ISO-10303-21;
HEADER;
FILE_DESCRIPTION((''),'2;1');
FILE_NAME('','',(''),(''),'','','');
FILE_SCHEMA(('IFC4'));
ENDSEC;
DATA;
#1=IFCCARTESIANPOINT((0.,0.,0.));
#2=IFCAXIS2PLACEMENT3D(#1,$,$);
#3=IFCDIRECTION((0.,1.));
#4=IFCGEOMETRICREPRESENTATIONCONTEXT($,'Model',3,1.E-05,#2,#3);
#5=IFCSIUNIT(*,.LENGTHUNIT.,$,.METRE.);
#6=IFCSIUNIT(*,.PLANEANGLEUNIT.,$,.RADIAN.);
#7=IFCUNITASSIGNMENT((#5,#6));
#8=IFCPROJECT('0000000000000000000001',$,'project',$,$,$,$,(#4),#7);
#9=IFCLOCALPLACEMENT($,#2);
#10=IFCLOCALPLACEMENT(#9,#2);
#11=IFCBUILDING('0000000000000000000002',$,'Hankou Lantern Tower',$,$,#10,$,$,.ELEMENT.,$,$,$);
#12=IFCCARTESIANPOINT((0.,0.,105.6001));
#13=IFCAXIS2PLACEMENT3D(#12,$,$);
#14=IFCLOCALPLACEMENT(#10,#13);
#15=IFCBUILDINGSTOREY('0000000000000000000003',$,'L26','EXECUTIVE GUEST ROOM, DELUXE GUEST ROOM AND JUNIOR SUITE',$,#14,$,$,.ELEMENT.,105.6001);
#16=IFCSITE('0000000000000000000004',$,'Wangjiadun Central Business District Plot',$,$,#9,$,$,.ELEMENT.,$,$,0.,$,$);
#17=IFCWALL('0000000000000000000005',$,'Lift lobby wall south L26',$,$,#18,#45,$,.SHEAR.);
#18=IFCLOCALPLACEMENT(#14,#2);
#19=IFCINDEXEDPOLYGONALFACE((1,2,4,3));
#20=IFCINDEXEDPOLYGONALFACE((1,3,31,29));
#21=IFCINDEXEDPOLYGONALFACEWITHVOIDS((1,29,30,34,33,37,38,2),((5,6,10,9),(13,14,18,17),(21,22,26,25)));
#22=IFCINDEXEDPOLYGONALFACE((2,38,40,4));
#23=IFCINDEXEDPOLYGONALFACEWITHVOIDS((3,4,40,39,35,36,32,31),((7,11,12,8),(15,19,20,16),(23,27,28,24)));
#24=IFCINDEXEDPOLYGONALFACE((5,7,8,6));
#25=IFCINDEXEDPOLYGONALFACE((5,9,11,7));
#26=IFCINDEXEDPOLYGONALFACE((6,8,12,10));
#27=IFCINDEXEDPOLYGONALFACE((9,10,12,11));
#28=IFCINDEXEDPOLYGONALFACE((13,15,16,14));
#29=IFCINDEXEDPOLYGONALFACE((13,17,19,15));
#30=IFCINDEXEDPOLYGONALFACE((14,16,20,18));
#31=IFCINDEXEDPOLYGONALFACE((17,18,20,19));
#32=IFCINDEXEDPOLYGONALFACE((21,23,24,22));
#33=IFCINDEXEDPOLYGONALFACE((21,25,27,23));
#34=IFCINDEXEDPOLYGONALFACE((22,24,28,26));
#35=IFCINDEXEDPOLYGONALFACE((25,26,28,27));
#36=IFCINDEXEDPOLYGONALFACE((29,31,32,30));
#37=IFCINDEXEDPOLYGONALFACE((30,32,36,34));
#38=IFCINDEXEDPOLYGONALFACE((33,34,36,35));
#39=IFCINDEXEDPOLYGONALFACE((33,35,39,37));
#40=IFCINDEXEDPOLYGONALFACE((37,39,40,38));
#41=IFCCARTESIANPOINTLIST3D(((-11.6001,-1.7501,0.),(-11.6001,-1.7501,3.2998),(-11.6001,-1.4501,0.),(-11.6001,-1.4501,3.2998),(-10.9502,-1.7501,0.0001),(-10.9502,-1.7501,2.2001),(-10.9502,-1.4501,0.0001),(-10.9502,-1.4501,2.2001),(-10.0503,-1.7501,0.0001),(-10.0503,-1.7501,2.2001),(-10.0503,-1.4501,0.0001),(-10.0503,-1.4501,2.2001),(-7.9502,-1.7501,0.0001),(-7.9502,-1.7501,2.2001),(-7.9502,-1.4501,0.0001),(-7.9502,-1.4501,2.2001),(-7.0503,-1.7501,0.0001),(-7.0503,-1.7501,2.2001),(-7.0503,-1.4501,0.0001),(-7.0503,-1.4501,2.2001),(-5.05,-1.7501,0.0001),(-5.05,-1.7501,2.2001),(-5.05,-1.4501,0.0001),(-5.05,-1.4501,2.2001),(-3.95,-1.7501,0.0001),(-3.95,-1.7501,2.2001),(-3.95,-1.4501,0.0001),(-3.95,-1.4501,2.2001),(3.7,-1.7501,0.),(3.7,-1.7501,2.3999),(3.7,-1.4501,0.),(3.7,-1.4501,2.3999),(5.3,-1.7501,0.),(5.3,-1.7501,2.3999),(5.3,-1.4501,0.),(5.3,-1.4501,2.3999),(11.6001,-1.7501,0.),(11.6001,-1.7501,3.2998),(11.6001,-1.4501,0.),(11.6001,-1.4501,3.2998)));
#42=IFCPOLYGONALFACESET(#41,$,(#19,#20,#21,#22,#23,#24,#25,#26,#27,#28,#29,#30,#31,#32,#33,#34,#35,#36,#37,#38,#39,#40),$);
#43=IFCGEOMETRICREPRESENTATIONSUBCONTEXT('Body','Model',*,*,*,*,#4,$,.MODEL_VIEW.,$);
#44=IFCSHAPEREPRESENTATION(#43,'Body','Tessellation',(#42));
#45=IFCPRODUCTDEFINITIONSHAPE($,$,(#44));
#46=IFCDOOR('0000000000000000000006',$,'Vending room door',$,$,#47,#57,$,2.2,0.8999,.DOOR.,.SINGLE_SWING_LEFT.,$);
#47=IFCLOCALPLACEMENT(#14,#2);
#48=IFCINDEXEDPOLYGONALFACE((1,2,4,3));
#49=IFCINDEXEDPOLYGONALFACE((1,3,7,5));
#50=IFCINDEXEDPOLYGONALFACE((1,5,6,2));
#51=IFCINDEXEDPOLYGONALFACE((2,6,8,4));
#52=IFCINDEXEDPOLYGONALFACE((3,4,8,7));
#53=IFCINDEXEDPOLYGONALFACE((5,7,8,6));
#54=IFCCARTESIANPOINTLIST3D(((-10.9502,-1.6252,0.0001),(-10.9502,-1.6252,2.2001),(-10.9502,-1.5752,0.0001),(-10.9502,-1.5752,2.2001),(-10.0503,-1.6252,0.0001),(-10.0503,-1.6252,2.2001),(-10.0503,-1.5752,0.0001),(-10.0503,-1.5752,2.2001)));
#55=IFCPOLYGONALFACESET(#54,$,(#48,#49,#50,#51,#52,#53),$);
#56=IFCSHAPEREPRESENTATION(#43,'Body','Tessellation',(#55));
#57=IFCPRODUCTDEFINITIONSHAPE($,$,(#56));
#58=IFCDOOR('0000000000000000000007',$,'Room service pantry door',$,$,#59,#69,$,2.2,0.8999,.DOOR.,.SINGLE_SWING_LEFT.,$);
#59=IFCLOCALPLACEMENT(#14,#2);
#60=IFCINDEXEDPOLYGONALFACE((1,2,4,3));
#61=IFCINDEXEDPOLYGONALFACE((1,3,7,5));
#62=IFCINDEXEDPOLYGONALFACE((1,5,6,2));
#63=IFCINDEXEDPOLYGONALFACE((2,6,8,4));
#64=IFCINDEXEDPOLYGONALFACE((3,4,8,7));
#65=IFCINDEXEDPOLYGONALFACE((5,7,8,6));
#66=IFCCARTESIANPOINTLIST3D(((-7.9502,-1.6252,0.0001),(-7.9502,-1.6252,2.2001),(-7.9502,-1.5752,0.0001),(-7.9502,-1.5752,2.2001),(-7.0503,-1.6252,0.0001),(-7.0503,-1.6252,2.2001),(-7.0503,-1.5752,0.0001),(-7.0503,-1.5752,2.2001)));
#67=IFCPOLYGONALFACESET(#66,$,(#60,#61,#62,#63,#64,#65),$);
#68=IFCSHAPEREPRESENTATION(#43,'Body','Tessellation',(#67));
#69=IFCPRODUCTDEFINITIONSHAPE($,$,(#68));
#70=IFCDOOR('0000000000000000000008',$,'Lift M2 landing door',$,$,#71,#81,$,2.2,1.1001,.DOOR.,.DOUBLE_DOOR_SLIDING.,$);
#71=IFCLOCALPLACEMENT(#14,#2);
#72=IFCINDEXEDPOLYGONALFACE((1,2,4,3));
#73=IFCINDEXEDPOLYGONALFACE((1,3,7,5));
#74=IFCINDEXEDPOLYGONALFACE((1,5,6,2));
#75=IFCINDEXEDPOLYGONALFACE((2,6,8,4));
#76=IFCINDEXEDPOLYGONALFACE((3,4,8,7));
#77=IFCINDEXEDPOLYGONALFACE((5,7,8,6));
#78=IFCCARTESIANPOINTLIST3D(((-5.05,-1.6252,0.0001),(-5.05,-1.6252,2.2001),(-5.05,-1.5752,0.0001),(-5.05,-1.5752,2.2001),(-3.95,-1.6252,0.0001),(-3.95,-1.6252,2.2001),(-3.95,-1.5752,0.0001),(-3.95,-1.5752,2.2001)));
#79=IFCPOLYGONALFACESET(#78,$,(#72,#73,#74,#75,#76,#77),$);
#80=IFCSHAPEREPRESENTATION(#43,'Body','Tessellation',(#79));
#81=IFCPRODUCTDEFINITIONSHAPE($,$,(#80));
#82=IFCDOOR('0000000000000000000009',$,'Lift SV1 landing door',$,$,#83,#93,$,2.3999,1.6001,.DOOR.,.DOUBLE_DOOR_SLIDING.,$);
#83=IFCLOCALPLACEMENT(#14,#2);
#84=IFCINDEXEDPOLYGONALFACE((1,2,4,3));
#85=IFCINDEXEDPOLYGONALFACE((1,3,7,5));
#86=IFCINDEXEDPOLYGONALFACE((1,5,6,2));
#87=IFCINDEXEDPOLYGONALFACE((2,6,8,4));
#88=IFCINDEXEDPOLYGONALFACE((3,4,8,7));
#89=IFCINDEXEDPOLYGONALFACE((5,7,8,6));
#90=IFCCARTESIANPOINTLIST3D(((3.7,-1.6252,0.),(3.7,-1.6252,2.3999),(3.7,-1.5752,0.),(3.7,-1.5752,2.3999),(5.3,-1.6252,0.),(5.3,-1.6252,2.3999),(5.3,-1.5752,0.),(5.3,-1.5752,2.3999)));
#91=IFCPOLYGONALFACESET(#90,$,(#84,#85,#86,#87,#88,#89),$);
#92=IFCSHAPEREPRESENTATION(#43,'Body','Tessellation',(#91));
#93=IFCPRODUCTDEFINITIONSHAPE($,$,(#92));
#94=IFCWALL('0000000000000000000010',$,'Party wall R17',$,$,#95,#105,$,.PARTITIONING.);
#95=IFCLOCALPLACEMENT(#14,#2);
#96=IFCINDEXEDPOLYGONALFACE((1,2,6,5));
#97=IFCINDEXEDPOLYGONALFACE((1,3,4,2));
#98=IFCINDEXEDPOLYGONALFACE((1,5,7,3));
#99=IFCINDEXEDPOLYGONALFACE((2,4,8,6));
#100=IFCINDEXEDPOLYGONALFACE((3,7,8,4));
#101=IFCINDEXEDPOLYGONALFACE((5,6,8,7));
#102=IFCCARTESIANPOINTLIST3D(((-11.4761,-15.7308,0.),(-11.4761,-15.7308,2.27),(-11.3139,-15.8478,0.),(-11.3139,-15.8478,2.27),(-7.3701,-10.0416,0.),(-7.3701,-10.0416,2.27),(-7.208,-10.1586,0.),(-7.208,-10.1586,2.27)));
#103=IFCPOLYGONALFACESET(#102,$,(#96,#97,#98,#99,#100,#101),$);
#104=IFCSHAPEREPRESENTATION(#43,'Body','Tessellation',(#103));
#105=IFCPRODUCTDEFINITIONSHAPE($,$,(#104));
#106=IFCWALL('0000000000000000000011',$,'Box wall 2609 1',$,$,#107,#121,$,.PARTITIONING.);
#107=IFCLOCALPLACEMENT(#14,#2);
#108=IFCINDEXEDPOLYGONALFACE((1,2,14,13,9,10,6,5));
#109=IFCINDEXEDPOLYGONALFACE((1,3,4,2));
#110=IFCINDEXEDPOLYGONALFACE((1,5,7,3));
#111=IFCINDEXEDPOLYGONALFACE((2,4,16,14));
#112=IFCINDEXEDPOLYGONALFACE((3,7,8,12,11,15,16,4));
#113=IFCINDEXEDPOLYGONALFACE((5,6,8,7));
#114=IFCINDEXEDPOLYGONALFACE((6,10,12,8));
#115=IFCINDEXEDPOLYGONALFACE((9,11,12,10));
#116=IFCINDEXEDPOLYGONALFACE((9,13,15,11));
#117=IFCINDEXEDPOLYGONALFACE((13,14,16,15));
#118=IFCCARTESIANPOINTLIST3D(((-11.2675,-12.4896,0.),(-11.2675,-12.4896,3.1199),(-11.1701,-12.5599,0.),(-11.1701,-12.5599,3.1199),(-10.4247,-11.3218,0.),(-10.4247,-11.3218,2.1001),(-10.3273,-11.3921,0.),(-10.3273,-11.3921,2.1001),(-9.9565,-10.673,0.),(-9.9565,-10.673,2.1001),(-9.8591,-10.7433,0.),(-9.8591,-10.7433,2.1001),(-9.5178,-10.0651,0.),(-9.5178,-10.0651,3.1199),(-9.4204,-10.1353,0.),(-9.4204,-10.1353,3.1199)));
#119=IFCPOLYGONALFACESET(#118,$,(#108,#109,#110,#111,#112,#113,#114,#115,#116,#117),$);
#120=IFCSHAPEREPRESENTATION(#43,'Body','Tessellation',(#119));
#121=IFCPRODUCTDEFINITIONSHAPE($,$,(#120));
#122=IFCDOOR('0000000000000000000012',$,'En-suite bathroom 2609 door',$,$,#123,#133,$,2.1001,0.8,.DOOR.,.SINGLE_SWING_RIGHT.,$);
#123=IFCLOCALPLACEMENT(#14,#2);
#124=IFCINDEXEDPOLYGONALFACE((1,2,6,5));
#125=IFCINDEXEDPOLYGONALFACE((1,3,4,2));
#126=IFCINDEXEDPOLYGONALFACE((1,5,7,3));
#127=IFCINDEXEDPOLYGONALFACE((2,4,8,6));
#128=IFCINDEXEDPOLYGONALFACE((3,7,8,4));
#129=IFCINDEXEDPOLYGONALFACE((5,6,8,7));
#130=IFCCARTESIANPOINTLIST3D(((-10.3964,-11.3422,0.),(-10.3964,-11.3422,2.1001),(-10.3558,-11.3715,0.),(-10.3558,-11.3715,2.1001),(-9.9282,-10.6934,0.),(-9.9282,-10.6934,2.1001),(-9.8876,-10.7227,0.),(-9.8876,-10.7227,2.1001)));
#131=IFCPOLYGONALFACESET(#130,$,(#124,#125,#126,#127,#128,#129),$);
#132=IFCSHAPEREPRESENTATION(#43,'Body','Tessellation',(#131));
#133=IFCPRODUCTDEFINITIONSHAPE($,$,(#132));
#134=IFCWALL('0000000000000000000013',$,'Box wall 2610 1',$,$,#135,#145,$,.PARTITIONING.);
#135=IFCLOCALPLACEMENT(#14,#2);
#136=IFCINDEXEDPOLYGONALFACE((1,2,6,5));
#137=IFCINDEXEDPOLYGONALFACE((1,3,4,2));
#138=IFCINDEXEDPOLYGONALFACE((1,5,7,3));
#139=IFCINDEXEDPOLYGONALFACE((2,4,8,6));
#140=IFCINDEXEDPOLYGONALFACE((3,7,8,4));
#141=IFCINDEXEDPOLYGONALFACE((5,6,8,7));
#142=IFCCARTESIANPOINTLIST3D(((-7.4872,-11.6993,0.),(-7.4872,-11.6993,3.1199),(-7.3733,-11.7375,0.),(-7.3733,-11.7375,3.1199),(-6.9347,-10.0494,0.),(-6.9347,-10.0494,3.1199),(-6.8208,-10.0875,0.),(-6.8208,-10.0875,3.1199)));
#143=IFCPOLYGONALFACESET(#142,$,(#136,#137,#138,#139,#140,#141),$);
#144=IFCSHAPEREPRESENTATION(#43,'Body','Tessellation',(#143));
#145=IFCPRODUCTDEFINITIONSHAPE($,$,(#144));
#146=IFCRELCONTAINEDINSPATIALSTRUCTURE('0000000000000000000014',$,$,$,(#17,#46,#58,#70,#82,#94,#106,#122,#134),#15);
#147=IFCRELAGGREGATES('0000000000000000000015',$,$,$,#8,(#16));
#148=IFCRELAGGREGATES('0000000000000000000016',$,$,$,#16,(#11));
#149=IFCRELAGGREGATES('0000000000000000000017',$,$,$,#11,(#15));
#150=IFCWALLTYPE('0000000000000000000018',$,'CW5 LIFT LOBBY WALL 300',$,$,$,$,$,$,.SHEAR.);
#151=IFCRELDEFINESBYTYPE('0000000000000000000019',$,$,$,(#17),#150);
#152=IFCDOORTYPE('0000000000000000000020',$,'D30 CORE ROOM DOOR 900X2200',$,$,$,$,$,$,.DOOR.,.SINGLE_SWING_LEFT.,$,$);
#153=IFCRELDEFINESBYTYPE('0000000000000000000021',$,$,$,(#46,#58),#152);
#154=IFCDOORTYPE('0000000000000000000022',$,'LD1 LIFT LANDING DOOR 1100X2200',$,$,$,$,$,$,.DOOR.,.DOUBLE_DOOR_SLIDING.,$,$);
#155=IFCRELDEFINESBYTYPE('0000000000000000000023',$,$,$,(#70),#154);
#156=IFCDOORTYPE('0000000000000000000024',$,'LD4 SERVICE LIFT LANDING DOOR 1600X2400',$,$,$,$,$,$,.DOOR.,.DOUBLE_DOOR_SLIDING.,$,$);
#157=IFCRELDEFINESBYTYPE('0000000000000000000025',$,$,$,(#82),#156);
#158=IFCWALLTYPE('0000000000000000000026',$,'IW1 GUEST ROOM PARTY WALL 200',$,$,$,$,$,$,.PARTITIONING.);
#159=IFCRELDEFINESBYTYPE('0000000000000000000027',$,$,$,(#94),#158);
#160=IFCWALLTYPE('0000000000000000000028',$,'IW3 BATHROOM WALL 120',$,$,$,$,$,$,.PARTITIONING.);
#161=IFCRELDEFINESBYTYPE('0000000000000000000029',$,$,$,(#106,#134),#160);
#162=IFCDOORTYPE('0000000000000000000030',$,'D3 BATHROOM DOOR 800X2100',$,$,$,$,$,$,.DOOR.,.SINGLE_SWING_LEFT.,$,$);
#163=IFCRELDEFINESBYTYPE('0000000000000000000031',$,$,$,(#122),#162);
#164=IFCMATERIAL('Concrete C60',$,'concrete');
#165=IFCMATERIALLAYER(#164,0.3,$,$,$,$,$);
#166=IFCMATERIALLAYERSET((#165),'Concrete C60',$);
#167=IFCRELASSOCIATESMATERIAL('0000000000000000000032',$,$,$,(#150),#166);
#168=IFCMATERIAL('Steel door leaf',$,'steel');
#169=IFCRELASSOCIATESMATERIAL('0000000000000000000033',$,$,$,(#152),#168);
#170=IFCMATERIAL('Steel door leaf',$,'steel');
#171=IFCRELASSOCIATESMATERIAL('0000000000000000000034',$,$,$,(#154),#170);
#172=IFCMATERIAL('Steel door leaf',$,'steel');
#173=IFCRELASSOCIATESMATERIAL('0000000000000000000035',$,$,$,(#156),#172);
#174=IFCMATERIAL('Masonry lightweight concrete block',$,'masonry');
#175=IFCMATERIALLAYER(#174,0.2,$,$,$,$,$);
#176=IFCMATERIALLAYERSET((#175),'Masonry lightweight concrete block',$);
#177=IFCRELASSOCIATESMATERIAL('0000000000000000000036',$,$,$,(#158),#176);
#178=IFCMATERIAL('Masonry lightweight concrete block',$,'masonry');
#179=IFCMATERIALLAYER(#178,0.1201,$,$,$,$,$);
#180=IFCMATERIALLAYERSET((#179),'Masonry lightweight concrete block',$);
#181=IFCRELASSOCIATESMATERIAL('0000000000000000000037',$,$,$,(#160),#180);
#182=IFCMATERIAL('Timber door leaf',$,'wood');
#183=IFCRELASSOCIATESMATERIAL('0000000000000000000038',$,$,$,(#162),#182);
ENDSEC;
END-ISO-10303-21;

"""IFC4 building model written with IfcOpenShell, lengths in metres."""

from ifc_helpers import new_model, si_unit, direction, frame, frame_2d, origin, place, context, subcontext, project, spatial, rectangle, extrude, material, layer, layer_set, type_object, element, fill, save


model = new_model("IFC4")

# Units and contexts
model_context = context("Model", 3, precision=1e-05, world=origin(), true_north=direction((0.0, 1.0)))
body_context = subcontext(model_context, "Body", "Model", "MODEL_VIEW")
ifc_project = project(units=[si_unit("LENGTHUNIT", "METRE"), si_unit("PLANEANGLEUNIT", "RADIAN")], contexts=[model_context])

# Site, building, storey
site_placement = place(None, origin())
site = spatial("IfcSite", under=ifc_project, at=site_placement, Name="Wangjiadun Central Business District Plot", CompositionType="ELEMENT", RefElevation=0.0)
building_placement = place(site_placement, origin())
building = spatial("IfcBuilding", under=site, at=building_placement, Name="Hankou Lantern Tower", CompositionType="ELEMENT")
storey_placement = place(building_placement, frame((0.0, 0.0, 105.6001)))
storey = spatial("IfcBuildingStorey", under=building, at=storey_placement, Name="L26", Description="EXECUTIVE GUEST ROOM, DELUXE GUEST ROOM AND JUNIOR SUITE", CompositionType="ELEMENT", Elevation=105.6001)

# Wall, openings, doors
ifc_material_1 = material(Name="Concrete C60", Category="concrete")
ifc_layer_1 = layer(ifc_material_1, 0.3)
ifc_layer_set_1 = layer_set([ifc_layer_1], Name="Concrete C60")
wall_type_1 = type_object("IfcWallType", Name="CW5 LIFT LOBBY WALL 300", PredefinedType="SHEAR", material=ifc_layer_set_1)
wall_1_placement = place(storey_placement, frame((-11.6001, -1.6001, 0.0), z_axis=(0.0, 0.0, 1.0), x_axis=(1.0, 0.0, 0.0)))
wall_1 = element("IfcWall", 1, at=wall_1_placement, inside=storey, type_object=wall_type_1, Name="Lift lobby wall south L26", PredefinedType="SHEAR", context=body_context, shape_type="SweptSolid", body=[
    extrude(rectangle(XDim=23.2002, YDim=0.3, at=frame_2d((11.6001, 0.0))), origin(), (0.0, 0.0, 1.0), 3.2998),
])
opening_1_placement = place(wall_1_placement, frame((6.55, 0.0, 0.0)))
opening_1 = element("IfcOpeningElement", 2, at=opening_1_placement, cuts=wall_1, PredefinedType="OPENING", context=body_context, shape_type="SweptSolid", body=[
    extrude(rectangle(XDim=1.1001, YDim=2.2, at=frame_2d((0.55, 1.1001))), frame((0.0, 0.1599, 0.0), z_axis=(0.0, -1.0, 0.0), x_axis=(1.0, 0.0, 0.0)), (0.0, 0.0, 1.0), 0.3201),
])
opening_2_placement = place(wall_1_placement, frame((15.3, 0.0, 0.0)))
opening_2 = element("IfcOpeningElement", 3, at=opening_2_placement, cuts=wall_1, PredefinedType="OPENING", context=body_context, shape_type="SweptSolid", body=[
    extrude(rectangle(XDim=1.6001, YDim=2.3999, at=frame_2d((0.8, 1.2))), frame((0.0, 0.1599, 0.0), z_axis=(0.0, -1.0, 0.0), x_axis=(1.0, 0.0, 0.0)), (0.0, 0.0, 1.0), 0.3201),
])
opening_3_placement = place(wall_1_placement, frame((0.6499, 0.0, 0.0)))
opening_3 = element("IfcOpeningElement", 4, at=opening_3_placement, cuts=wall_1, PredefinedType="OPENING", context=body_context, shape_type="SweptSolid", body=[
    extrude(rectangle(XDim=0.8999, YDim=2.2, at=frame_2d((0.45, 1.1001))), frame((0.0, 0.1599, 0.0), z_axis=(0.0, -1.0, 0.0), x_axis=(1.0, 0.0, 0.0)), (0.0, 0.0, 1.0), 0.3201),
])
opening_4_placement = place(wall_1_placement, frame((3.6499, 0.0, 0.0)))
opening_4 = element("IfcOpeningElement", 5, at=opening_4_placement, cuts=wall_1, PredefinedType="OPENING", context=body_context, shape_type="SweptSolid", body=[
    extrude(rectangle(XDim=0.8999, YDim=2.2, at=frame_2d((0.45, 1.1001))), frame((0.0, 0.1599, 0.0), z_axis=(0.0, -1.0, 0.0), x_axis=(1.0, 0.0, 0.0)), (0.0, 0.0, 1.0), 0.3201),
])
ifc_material_2 = material(Name="Steel door leaf", Category="steel")
door_type_1 = type_object("IfcDoorType", Name="D30 CORE ROOM DOOR 900X2200", OperationType="SINGLE_SWING_LEFT", PredefinedType="DOOR", material=ifc_material_2)
door_1_placement = place(opening_3_placement, origin())
door_1 = element("IfcDoor", 6, at=door_1_placement, inside=storey, type_object=door_type_1, Name="Vending room door", OperationType="SINGLE_SWING_LEFT", OverallHeight=2.2, OverallWidth=0.8999, PredefinedType="DOOR", context=body_context, shape_type="SweptSolid", body=[
    extrude(rectangle(XDim=0.8999, YDim=2.2, at=frame_2d((0.45, 1.1001))), frame((0.0, 0.0249, 0.0), z_axis=(0.0, -1.0, 0.0), x_axis=(1.0, 0.0, 0.0)), (0.0, 0.0, 1.0), 0.05),
])
fill(opening_3, door_1)
door_2_placement = place(opening_4_placement, origin())
door_2 = element("IfcDoor", 7, at=door_2_placement, inside=storey, type_object=door_type_1, Name="Room service pantry door", OperationType="SINGLE_SWING_LEFT", OverallHeight=2.2, OverallWidth=0.8999, PredefinedType="DOOR", context=body_context, shape_type="SweptSolid", body=[
    extrude(rectangle(XDim=0.8999, YDim=2.2, at=frame_2d((0.45, 1.1001))), frame((0.0, 0.0249, 0.0), z_axis=(0.0, -1.0, 0.0), x_axis=(1.0, 0.0, 0.0)), (0.0, 0.0, 1.0), 0.05),
])
fill(opening_4, door_2)
ifc_material_3 = material(Name="Steel door leaf", Category="steel")
door_type_2 = type_object("IfcDoorType", Name="LD1 LIFT LANDING DOOR 1100X2200", OperationType="DOUBLE_DOOR_SLIDING", PredefinedType="DOOR", material=ifc_material_3)
door_3_placement = place(opening_1_placement, origin())
door_3 = element("IfcDoor", 8, at=door_3_placement, inside=storey, type_object=door_type_2, Name="Lift M2 landing door", OperationType="DOUBLE_DOOR_SLIDING", OverallHeight=2.2, OverallWidth=1.1001, PredefinedType="DOOR", context=body_context, shape_type="SweptSolid", body=[
    extrude(rectangle(XDim=1.1001, YDim=2.2, at=frame_2d((0.55, 1.1001))), frame((0.0, 0.0249, 0.0), z_axis=(0.0, -1.0, 0.0), x_axis=(1.0, 0.0, 0.0)), (0.0, 0.0, 1.0), 0.05),
])
fill(opening_1, door_3)
ifc_material_4 = material(Name="Steel door leaf", Category="steel")
door_type_3 = type_object("IfcDoorType", Name="LD4 SERVICE LIFT LANDING DOOR 1600X2400", OperationType="DOUBLE_DOOR_SLIDING", PredefinedType="DOOR", material=ifc_material_4)
door_4_placement = place(opening_2_placement, origin())
door_4 = element("IfcDoor", 9, at=door_4_placement, inside=storey, type_object=door_type_3, Name="Lift SV1 landing door", OperationType="DOUBLE_DOOR_SLIDING", OverallHeight=2.3999, OverallWidth=1.6001, PredefinedType="DOOR", context=body_context, shape_type="SweptSolid", body=[
    extrude(rectangle(XDim=1.6001, YDim=2.3999, at=frame_2d((0.8, 1.2))), frame((0.0, 0.0249, 0.0), z_axis=(0.0, -1.0, 0.0), x_axis=(1.0, 0.0, 0.0)), (0.0, 0.0, 1.0), 0.05),
])
fill(opening_2, door_4)

# Wall
ifc_material_5 = material(Name="Masonry lightweight concrete block", Category="masonry")
ifc_layer_2 = layer(ifc_material_5, 0.2)
ifc_layer_set_2 = layer_set([ifc_layer_2], Name="Masonry lightweight concrete block")
wall_type_2 = type_object("IfcWallType", Name="IW1 GUEST ROOM PARTY WALL 200", PredefinedType="PARTITIONING", material=ifc_layer_set_2)
wall_2_placement = place(storey_placement, frame((-7.2891, -10.1001, 0.0), z_axis=(0.0, 0.0, 1.0), x_axis=(-0.585217, -0.810876, 0.0)))
element("IfcWall", 10, at=wall_2_placement, inside=storey, type_object=wall_type_2, Name="Party wall R17", PredefinedType="PARTITIONING", context=body_context, shape_type="SweptSolid", body=[
    extrude(rectangle(XDim=7.0161, YDim=0.2, at=frame_2d((3.5081, 0.0))), origin(), (0.0, 0.0, 1.0), 2.27),
])

# Wall, opening, door
ifc_material_6 = material(Name="Masonry lightweight concrete block", Category="masonry")
ifc_layer_3 = layer(ifc_material_6, 0.1201)
ifc_layer_set_3 = layer_set([ifc_layer_3], Name="Masonry lightweight concrete block")
wall_type_3 = type_object("IfcWallType", Name="IW3 BATHROOM WALL 120", PredefinedType="PARTITIONING", material=ifc_layer_set_3)
wall_3_placement = place(storey_placement, frame((-9.469, -10.1001, 0.0), z_axis=(0.0, 0.0, 1.0), x_axis=(-0.585201, -0.810888, 0.0)))
wall_3 = element("IfcWall", 11, at=wall_3_placement, inside=storey, type_object=wall_type_3, Name="Box wall 2609 1", PredefinedType="PARTITIONING", context=body_context, shape_type="SweptSolid", body=[
    extrude(rectangle(XDim=2.99, YDim=0.1201, at=frame_2d((1.4951, 0.0))), origin(), (0.0, 0.0, 1.0), 3.1199),
])
opening_5_placement = place(wall_3_placement, frame((0.75, 0.0, 0.0)))
opening_5 = element("IfcOpeningElement", 12, at=opening_5_placement, cuts=wall_3, PredefinedType="OPENING", context=body_context, shape_type="SweptSolid", body=[
    extrude(rectangle(XDim=0.8, YDim=2.1001, at=frame_2d((0.3999, 1.05))), frame((0.0, 0.0701, 0.0), z_axis=(0.0, -1.0, 0.0), x_axis=(1.0, 0.0, 0.0)), (0.0, 0.0, 1.0), 0.1401),
])
ifc_material_7 = material(Name="Timber door leaf", Category="wood")
door_type_4 = type_object("IfcDoorType", Name="D3 BATHROOM DOOR 800X2100", OperationType="SINGLE_SWING_LEFT", PredefinedType="DOOR", material=ifc_material_7)
door_5_placement = place(opening_5_placement, origin())
door_5 = element("IfcDoor", 13, at=door_5_placement, inside=storey, type_object=door_type_4, Name="En-suite bathroom 2609 door", OperationType="SINGLE_SWING_RIGHT", OverallHeight=2.1001, OverallWidth=0.8, PredefinedType="DOOR", context=body_context, shape_type="SweptSolid", body=[
    extrude(rectangle(XDim=0.8, YDim=2.1001, at=frame_2d((0.3999, 1.05))), frame((0.0, 0.0249, 0.0), z_axis=(0.0, -1.0, 0.0), x_axis=(1.0, 0.0, 0.0)), (0.0, 0.0, 1.0), 0.05),
])
fill(opening_5, door_5)

# Wall
wall_4_placement = place(storey_placement, frame((-6.8777, -10.0684, 0.0), z_axis=(0.0, 0.0, 1.0), x_axis=(-0.317532, -0.948247, 0.0)))
element("IfcWall", 14, at=wall_4_placement, inside=storey, type_object=wall_type_3, Name="Box wall 2610 1", PredefinedType="PARTITIONING", context=body_context, shape_type="SweptSolid", body=[
    extrude(rectangle(XDim=1.74, YDim=0.1201, at=frame_2d((0.8701, 0.0))), origin(), (0.0, 0.0, 1.0), 3.1199),
])

save(model, "model.ifc")
